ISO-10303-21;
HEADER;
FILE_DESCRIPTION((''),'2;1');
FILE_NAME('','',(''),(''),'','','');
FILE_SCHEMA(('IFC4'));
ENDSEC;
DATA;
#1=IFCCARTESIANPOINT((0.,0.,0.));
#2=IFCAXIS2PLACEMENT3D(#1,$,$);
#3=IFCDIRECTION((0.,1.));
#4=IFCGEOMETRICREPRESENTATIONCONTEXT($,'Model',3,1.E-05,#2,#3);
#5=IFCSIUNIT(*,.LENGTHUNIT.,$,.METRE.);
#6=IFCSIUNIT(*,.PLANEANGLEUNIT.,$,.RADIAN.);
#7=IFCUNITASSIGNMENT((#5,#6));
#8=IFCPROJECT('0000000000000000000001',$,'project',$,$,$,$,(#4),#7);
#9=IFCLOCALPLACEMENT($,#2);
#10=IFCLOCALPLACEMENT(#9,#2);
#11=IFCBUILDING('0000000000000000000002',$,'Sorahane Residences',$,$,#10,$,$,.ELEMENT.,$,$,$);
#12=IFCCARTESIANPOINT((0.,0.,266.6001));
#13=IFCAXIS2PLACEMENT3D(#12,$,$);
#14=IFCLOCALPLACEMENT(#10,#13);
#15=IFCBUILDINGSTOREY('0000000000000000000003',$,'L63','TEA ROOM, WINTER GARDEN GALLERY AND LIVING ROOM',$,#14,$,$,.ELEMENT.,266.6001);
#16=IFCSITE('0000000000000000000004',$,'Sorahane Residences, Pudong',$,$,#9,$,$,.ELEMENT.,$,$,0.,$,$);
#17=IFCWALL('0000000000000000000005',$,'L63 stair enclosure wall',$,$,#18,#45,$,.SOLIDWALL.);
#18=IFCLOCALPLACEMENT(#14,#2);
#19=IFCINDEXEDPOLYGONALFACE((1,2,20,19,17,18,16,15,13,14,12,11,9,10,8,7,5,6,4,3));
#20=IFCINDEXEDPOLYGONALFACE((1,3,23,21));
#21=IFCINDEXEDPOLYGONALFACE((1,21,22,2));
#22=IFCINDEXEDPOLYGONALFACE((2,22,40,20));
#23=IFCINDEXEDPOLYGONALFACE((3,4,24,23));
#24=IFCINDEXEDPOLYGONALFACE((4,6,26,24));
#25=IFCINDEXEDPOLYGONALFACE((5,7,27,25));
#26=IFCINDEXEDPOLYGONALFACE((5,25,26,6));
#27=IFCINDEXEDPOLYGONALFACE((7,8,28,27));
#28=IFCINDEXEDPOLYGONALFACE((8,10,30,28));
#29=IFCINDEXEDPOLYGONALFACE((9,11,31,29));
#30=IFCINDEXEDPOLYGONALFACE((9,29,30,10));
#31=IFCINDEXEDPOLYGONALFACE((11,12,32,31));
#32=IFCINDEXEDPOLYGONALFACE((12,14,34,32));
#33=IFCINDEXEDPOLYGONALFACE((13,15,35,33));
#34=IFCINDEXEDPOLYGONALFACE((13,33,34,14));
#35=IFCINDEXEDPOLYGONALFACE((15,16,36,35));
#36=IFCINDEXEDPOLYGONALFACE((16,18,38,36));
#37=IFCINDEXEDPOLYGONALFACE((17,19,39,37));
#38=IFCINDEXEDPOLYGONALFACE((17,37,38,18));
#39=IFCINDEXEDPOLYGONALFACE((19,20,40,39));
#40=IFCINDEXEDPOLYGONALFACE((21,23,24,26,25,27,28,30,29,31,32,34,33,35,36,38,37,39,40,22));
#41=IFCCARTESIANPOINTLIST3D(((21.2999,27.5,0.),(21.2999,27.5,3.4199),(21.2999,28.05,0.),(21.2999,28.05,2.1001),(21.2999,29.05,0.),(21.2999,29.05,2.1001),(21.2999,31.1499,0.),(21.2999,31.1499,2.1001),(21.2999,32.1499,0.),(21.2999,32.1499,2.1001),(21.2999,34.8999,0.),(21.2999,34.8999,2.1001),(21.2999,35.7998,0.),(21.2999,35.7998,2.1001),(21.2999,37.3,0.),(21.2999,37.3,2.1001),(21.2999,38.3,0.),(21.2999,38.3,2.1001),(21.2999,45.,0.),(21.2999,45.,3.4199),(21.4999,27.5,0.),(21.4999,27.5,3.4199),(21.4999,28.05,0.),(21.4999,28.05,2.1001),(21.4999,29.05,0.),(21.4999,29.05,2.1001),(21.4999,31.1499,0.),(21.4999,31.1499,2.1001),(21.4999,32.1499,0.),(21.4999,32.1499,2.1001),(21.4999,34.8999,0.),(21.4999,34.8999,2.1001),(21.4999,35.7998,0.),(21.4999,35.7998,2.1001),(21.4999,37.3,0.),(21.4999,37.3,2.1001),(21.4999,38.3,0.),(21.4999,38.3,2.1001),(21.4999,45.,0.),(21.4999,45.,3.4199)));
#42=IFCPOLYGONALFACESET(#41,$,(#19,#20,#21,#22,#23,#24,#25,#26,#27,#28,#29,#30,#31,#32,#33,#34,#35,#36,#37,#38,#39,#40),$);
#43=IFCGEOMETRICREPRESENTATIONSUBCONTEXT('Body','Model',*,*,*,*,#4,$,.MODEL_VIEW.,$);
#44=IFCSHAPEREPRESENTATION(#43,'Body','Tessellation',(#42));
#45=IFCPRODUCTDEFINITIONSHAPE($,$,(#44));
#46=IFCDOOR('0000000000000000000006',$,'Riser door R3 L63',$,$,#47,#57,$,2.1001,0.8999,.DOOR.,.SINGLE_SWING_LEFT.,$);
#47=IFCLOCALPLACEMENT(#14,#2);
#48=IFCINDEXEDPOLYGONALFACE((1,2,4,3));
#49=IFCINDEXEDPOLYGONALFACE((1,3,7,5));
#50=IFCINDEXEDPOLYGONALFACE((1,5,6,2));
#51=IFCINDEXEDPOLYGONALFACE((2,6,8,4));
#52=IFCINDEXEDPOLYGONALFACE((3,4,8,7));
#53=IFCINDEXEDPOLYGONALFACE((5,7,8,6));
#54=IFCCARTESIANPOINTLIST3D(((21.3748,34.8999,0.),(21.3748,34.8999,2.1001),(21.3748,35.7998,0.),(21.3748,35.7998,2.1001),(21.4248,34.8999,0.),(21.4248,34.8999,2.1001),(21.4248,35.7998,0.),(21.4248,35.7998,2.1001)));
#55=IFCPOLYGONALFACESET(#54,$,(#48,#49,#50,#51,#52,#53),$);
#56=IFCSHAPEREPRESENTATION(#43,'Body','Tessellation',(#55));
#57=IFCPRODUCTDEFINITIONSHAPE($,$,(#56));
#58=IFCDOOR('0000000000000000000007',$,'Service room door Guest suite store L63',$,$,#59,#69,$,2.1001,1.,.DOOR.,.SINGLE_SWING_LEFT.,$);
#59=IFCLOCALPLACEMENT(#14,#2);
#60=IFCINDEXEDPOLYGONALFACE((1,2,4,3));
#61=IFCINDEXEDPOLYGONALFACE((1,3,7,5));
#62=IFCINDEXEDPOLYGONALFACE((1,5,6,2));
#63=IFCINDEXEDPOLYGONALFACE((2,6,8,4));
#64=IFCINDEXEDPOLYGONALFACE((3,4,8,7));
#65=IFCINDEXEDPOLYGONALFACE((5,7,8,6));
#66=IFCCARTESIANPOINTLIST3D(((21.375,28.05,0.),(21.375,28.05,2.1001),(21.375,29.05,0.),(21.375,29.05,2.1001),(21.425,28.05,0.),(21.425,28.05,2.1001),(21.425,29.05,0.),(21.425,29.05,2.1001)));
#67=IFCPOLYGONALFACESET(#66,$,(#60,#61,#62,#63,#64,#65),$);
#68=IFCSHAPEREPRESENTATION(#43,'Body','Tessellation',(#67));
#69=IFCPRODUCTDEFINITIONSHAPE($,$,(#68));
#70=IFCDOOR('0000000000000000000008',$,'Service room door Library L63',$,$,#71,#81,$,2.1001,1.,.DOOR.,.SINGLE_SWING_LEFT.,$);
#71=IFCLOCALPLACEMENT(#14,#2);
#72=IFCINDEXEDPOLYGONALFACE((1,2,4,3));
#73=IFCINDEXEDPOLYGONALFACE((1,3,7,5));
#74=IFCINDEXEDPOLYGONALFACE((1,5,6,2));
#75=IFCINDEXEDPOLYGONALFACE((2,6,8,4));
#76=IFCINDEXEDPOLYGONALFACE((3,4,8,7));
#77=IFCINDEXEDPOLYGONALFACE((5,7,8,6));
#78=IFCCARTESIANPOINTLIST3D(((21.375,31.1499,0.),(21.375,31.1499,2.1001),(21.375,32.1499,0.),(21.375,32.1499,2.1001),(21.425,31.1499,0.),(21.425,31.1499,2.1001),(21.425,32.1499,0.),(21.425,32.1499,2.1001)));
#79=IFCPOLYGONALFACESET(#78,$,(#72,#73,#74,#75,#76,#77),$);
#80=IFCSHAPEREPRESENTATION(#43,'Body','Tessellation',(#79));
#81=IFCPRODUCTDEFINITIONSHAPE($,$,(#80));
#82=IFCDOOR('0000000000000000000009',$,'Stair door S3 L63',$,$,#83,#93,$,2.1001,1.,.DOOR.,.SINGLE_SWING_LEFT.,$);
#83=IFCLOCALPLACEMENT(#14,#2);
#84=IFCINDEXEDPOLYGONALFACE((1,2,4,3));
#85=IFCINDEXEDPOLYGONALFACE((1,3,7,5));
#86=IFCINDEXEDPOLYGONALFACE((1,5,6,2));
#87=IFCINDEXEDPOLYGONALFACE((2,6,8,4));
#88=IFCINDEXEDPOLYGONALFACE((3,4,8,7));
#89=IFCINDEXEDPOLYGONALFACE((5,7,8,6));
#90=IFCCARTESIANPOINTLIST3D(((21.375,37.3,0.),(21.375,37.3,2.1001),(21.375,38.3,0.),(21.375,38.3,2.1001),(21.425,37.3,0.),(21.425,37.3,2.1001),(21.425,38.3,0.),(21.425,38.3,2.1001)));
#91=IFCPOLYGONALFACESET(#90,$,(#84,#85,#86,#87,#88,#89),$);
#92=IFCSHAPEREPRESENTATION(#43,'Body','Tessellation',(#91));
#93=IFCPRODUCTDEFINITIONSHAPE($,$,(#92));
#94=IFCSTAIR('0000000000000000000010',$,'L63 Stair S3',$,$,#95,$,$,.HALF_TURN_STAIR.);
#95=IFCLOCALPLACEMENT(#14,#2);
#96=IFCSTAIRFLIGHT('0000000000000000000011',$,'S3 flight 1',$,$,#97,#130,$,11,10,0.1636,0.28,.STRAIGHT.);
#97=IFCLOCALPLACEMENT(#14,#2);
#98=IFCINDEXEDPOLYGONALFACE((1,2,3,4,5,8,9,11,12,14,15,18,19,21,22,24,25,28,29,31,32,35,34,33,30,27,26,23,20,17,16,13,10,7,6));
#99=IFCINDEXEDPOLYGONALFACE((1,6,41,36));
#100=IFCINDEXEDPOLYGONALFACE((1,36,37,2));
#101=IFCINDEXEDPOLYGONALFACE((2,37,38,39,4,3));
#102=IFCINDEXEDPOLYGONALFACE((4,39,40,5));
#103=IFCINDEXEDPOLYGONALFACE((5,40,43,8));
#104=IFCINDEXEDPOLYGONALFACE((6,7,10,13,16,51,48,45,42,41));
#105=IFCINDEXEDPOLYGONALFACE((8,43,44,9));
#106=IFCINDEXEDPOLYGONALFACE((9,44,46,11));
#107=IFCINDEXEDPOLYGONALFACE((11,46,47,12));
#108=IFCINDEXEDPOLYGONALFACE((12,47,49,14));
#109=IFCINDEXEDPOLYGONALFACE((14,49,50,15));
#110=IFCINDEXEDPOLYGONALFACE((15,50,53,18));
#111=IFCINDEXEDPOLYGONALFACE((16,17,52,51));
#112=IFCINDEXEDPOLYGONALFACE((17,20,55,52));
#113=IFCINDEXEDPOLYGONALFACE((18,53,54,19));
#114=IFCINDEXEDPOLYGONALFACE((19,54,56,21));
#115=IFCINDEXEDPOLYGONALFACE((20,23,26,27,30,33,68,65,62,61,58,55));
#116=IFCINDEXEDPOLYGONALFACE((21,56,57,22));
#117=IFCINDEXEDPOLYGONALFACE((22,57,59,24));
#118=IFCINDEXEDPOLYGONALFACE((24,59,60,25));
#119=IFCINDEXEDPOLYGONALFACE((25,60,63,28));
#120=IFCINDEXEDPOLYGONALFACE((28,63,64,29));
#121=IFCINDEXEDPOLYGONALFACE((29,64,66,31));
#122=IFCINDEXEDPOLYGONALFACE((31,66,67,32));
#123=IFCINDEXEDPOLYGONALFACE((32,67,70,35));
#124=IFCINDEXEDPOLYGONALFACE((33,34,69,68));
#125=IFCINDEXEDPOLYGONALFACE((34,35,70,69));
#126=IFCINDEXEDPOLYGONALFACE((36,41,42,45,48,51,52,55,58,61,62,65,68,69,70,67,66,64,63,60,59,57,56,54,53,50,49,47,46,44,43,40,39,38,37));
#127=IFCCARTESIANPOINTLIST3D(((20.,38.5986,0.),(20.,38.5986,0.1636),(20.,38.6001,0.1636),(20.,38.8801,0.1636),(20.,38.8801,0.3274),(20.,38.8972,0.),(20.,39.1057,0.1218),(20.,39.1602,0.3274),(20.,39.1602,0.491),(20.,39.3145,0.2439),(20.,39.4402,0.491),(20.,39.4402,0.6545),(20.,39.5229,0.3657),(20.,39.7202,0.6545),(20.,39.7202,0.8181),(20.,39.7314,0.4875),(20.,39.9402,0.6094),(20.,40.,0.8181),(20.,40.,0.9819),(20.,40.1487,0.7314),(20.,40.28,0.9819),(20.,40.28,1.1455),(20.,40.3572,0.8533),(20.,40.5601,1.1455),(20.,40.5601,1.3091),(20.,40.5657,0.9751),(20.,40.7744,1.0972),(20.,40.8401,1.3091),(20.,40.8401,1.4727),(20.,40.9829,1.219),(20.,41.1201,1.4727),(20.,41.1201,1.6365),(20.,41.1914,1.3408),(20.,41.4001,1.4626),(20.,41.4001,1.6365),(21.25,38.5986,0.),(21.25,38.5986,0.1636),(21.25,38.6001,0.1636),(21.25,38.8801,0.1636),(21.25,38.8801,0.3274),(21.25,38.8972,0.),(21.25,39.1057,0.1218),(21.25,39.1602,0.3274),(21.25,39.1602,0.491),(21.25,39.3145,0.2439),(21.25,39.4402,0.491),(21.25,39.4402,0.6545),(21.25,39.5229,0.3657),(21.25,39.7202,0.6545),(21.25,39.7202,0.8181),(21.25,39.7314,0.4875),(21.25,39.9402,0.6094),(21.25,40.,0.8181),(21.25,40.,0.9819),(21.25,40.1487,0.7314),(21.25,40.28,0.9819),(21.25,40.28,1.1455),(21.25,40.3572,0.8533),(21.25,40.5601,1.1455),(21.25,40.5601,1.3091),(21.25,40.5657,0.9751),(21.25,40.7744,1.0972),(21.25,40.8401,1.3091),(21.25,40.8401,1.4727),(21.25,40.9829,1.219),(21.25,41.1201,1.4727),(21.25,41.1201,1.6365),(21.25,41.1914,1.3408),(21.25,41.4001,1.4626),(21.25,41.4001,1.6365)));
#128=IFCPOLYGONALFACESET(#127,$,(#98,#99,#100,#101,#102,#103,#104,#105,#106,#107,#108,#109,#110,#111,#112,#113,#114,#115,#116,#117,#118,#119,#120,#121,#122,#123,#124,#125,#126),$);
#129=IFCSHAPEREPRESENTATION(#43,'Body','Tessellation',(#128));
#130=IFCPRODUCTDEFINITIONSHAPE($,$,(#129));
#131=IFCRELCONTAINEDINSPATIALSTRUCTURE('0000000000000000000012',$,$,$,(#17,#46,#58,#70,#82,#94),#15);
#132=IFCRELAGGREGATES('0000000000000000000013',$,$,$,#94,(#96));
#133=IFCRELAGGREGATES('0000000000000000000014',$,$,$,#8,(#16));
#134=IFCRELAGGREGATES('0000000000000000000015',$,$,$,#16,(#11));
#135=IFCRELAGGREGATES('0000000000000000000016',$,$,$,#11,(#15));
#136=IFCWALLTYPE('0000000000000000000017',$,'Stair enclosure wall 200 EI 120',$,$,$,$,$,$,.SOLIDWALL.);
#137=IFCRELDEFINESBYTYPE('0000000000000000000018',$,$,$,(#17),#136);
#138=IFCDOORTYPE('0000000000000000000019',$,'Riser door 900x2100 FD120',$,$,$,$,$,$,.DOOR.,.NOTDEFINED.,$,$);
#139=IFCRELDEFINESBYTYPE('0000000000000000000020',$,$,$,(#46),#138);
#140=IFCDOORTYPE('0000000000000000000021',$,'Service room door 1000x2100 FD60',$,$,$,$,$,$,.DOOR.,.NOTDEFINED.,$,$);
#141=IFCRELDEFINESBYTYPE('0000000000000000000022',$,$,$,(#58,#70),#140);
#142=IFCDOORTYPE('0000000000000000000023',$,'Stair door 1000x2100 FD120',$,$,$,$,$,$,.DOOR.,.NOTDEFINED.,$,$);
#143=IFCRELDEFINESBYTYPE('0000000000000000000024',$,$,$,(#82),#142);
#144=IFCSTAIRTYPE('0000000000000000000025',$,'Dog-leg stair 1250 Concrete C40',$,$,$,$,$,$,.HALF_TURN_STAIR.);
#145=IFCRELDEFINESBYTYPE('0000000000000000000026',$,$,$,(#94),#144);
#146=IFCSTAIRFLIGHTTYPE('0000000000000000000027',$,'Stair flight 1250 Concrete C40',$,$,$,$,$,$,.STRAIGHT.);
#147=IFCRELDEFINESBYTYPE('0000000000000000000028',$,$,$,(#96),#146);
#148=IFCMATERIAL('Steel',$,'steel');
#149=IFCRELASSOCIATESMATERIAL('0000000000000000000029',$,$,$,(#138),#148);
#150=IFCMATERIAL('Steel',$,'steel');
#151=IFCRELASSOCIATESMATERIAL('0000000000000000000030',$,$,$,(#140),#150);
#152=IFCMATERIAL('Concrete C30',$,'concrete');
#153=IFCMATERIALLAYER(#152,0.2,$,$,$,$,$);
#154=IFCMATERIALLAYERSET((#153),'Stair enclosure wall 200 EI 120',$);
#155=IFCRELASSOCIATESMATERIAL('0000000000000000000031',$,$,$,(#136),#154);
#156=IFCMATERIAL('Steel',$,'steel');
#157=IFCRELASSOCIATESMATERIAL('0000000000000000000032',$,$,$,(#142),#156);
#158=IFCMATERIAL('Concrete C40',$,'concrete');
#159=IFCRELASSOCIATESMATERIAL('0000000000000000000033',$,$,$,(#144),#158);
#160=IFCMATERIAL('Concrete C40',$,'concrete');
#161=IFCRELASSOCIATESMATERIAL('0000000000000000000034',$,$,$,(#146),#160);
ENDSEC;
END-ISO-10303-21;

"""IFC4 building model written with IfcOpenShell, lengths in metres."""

from ifc_helpers import new_model, si_unit, direction, frame, frame_2d, origin, place, context, subcontext, project, spatial, polyline, rectangle, outline, extrude, material, layer, layer_set, type_object, element, fill, aggregate, save


model = new_model("IFC4")

# Units and contexts
model_context = context("Model", 3, precision=1e-05, world=origin(), true_north=direction((0.0, 1.0)))
body_context = subcontext(model_context, "Body", "Model", "MODEL_VIEW")
ifc_project = project(units=[si_unit("LENGTHUNIT", "METRE"), si_unit("PLANEANGLEUNIT", "RADIAN")], contexts=[model_context])

# Site, building, storey
site_placement = place(None, origin())
site = spatial("IfcSite", under=ifc_project, at=site_placement, Name="Sorahane Residences, Pudong", CompositionType="ELEMENT", RefElevation=0.0)
building_placement = place(site_placement, origin())
building = spatial("IfcBuilding", under=site, at=building_placement, Name="Sorahane Residences", CompositionType="ELEMENT")
storey_placement = place(building_placement, frame((0.0, 0.0, 266.6001)))
storey = spatial("IfcBuildingStorey", under=building, at=storey_placement, Name="L63", Description="TEA ROOM, WINTER GARDEN GALLERY AND LIVING ROOM", CompositionType="ELEMENT", Elevation=266.6001)

# Shared definitions
ifc_material_1 = material(Name="Steel", Category="steel")
door_type_1 = type_object("IfcDoorType", Name="Riser door 900x2100 FD120", OperationType="NOTDEFINED", PredefinedType="DOOR", material=ifc_material_1)
ifc_material_2 = material(Name="Steel", Category="steel")
door_type_2 = type_object("IfcDoorType", Name="Service room door 1000x2100 FD60", OperationType="NOTDEFINED", PredefinedType="DOOR", material=ifc_material_2)

# Wall, openings, doors
ifc_material_3 = material(Name="Concrete C30", Category="concrete")
ifc_layer_1 = layer(ifc_material_3, 0.2)
ifc_layer_set_1 = layer_set([ifc_layer_1], Name="Stair enclosure wall 200 EI 120")
wall_type_1 = type_object("IfcWallType", Name="Stair enclosure wall 200 EI 120", PredefinedType="SOLIDWALL", material=ifc_layer_set_1)
wall_1_placement = place(storey_placement, frame((21.3999, 27.5, 0.0), z_axis=(0.0, 0.0, 1.0), x_axis=(0.0, 1.0, 0.0)))
wall_1 = element("IfcWall", 1, at=wall_1_placement, inside=storey, type_object=wall_type_1, Name="L63 stair enclosure wall", PredefinedType="SOLIDWALL", context=body_context, shape_type="SweptSolid", body=[
    extrude(rectangle(XDim=17.5, YDim=0.2, at=frame_2d((8.75, 0.0))), origin(), (0.0, 0.0, 1.0), 3.4199),
])
opening_1_placement = place(wall_1_placement, frame((0.55, 0.0, 0.0)))
opening_1 = element("IfcOpeningElement", 2, at=opening_1_placement, cuts=wall_1, PredefinedType="OPENING", context=body_context, shape_type="SweptSolid", body=[
    extrude(rectangle(XDim=1.0, YDim=2.1001, at=frame_2d((0.5, 1.05))), frame((0.0, 0.1099, 0.0), z_axis=(0.0, -1.0, 0.0), x_axis=(1.0, 0.0, 0.0)), (0.0, 0.0, 1.0), 0.22),
])
opening_2_placement = place(wall_1_placement, frame((3.6499, 0.0, 0.0)))
opening_2 = element("IfcOpeningElement", 3, at=opening_2_placement, cuts=wall_1, PredefinedType="OPENING", context=body_context, shape_type="SweptSolid", body=[
    extrude(rectangle(XDim=1.0, YDim=2.1001, at=frame_2d((0.5, 1.05))), frame((0.0, 0.1099, 0.0), z_axis=(0.0, -1.0, 0.0), x_axis=(1.0, 0.0, 0.0)), (0.0, 0.0, 1.0), 0.22),
])
opening_3_placement = place(wall_1_placement, frame((9.8, 0.0, 0.0)))
opening_3 = element("IfcOpeningElement", 4, at=opening_3_placement, cuts=wall_1, PredefinedType="OPENING", context=body_context, shape_type="SweptSolid", body=[
    extrude(rectangle(XDim=1.0, YDim=2.1001, at=frame_2d((0.5, 1.05))), frame((0.0, 0.1099, 0.0), z_axis=(0.0, -1.0, 0.0), x_axis=(1.0, 0.0, 0.0)), (0.0, 0.0, 1.0), 0.22),
])
opening_4_placement = place(wall_1_placement, frame((7.3999, 0.0, 0.0)))
opening_4 = element("IfcOpeningElement", 5, at=opening_4_placement, cuts=wall_1, PredefinedType="OPENING", context=body_context, shape_type="SweptSolid", body=[
    extrude(rectangle(XDim=0.8999, YDim=2.1001, at=frame_2d((0.45, 1.05))), frame((0.0, 0.1099, 0.0), z_axis=(0.0, -1.0, 0.0), x_axis=(1.0, 0.0, 0.0)), (0.0, 0.0, 1.0), 0.22),
])
door_1_placement = place(opening_4_placement, frame((0.8999, 0.0, 0.0), z_axis=(0.0, 0.0, 1.0), x_axis=(-1.0, 0.0, 0.0)))
door_1 = element("IfcDoor", 6, at=door_1_placement, inside=storey, type_object=door_type_1, Name="Riser door R3 L63", OperationType="SINGLE_SWING_LEFT", OverallHeight=2.1001, OverallWidth=0.8999, PredefinedType="DOOR", context=body_context, shape_type="SweptSolid", body=[
    extrude(rectangle(XDim=0.8999, YDim=2.1001, at=frame_2d((0.45, 1.05))), frame((0.0, 0.0249, 0.0), z_axis=(0.0, -1.0, 0.0), x_axis=(1.0, 0.0, 0.0)), (0.0, 0.0, 1.0), 0.05),
])
fill(opening_4, door_1)
door_2_placement = place(opening_1_placement, origin())
door_2 = element("IfcDoor", 7, at=door_2_placement, inside=storey, type_object=door_type_2, Name="Service room door Guest suite store L63", OperationType="SINGLE_SWING_LEFT", OverallHeight=2.1001, OverallWidth=1.0, PredefinedType="DOOR", context=body_context, shape_type="SweptSolid", body=[
    extrude(rectangle(XDim=1.0, YDim=2.1001, at=frame_2d((0.5, 1.05))), frame((0.0, 0.0249, 0.0), z_axis=(0.0, -1.0, 0.0), x_axis=(1.0, 0.0, 0.0)), (0.0, 0.0, 1.0), 0.05),
])
fill(opening_1, door_2)
door_3_placement = place(opening_2_placement, origin())
door_3 = element("IfcDoor", 8, at=door_3_placement, inside=storey, type_object=door_type_2, Name="Service room door Library L63", OperationType="SINGLE_SWING_LEFT", OverallHeight=2.1001, OverallWidth=1.0, PredefinedType="DOOR", context=body_context, shape_type="SweptSolid", body=[
    extrude(rectangle(XDim=1.0, YDim=2.1001, at=frame_2d((0.5, 1.05))), frame((0.0, 0.0249, 0.0), z_axis=(0.0, -1.0, 0.0), x_axis=(1.0, 0.0, 0.0)), (0.0, 0.0, 1.0), 0.05),
])
fill(opening_2, door_3)
ifc_material_4 = material(Name="Steel", Category="steel")
door_type_3 = type_object("IfcDoorType", Name="Stair door 1000x2100 FD120", OperationType="NOTDEFINED", PredefinedType="DOOR", material=ifc_material_4)
door_4_placement = place(opening_3_placement, origin())
door_4 = element("IfcDoor", 9, at=door_4_placement, inside=storey, type_object=door_type_3, Name="Stair door S3 L63", OperationType="SINGLE_SWING_LEFT", OverallHeight=2.1001, OverallWidth=1.0, PredefinedType="DOOR", context=body_context, shape_type="SweptSolid", body=[
    extrude(rectangle(XDim=1.0, YDim=2.1001, at=frame_2d((0.5, 1.05))), frame((0.0, 0.0249, 0.0), z_axis=(0.0, -1.0, 0.0), x_axis=(1.0, 0.0, 0.0)), (0.0, 0.0, 1.0), 0.05),
])
fill(opening_3, door_4)

# Stair, stair flight
ifc_material_5 = material(Name="Concrete C40", Category="concrete")
stair_type = type_object("IfcStairType", Name="Dog-leg stair 1250 Concrete C40", PredefinedType="HALF_TURN_STAIR", material=ifc_material_5)
stair_placement = place(storey_placement, origin())
stair = element("IfcStair", 10, at=stair_placement, inside=storey, type_object=stair_type, Name="L63 Stair S3", PredefinedType="HALF_TURN_STAIR")
ifc_material_6 = material(Name="Concrete C40", Category="concrete")
stair_flight_type = type_object("IfcStairFlightType", Name="Stair flight 1250 Concrete C40", PredefinedType="STRAIGHT", material=ifc_material_6)
stair_flight_1_placement = place(storey_placement, frame((20.625, 38.6001, 0.0), z_axis=(0.0, 0.0, 1.0), x_axis=(0.0, 1.0, 0.0)))
stair_flight_1 = element("IfcStairFlight", 11, at=stair_flight_1_placement, type_object=stair_flight_type, Name="S3 flight 1", NumberOfRisers=11, NumberOfTreads=10, PredefinedType="STRAIGHT", RiserHeight=0.1636, TreadLength=0.28, context=body_context, shape_type="SweptSolid", body=[
    extrude(outline(polyline([(-0.0015, 0.0), (-0.0015, 0.1636), (0.0, 0.1636), (0.28, 0.1636), (0.28, 0.3274), (0.5601, 0.3274), (0.5601, 0.491), (0.8401, 0.491), (0.8401, 0.6545), (1.1201, 0.6545), (1.1201, 0.8181), (1.3999, 0.8181), (1.3999, 0.9819), (1.6799, 0.9819), (1.6799, 1.1455), (1.96, 1.1455), (1.96, 1.3091), (2.24, 1.3091), (2.24, 1.4727), (2.52, 1.4727), (2.52, 1.6365), (2.8, 1.6365), (2.8, 1.8), (2.8, 1.4626), (2.5913, 1.3408), (2.3828, 1.219), (2.1743, 1.0972), (1.9656, 0.9751), (1.7571, 0.8533), (1.5486, 0.7314), (1.3401, 0.6094), (1.1313, 0.4875), (0.9229, 0.3657), (0.7144, 0.2439), (0.5056, 0.1218), (0.2971, 0.0), (-0.0015, 0.0)])), frame((0.0, 0.625, 0.0), z_axis=(0.0, -1.0, 0.0), x_axis=(1.0, 0.0, 0.0)), (0.0, 0.0, 1.0), 1.25),
])
aggregate(stair, [stair_flight_1])

save(model, "model.ifc")
